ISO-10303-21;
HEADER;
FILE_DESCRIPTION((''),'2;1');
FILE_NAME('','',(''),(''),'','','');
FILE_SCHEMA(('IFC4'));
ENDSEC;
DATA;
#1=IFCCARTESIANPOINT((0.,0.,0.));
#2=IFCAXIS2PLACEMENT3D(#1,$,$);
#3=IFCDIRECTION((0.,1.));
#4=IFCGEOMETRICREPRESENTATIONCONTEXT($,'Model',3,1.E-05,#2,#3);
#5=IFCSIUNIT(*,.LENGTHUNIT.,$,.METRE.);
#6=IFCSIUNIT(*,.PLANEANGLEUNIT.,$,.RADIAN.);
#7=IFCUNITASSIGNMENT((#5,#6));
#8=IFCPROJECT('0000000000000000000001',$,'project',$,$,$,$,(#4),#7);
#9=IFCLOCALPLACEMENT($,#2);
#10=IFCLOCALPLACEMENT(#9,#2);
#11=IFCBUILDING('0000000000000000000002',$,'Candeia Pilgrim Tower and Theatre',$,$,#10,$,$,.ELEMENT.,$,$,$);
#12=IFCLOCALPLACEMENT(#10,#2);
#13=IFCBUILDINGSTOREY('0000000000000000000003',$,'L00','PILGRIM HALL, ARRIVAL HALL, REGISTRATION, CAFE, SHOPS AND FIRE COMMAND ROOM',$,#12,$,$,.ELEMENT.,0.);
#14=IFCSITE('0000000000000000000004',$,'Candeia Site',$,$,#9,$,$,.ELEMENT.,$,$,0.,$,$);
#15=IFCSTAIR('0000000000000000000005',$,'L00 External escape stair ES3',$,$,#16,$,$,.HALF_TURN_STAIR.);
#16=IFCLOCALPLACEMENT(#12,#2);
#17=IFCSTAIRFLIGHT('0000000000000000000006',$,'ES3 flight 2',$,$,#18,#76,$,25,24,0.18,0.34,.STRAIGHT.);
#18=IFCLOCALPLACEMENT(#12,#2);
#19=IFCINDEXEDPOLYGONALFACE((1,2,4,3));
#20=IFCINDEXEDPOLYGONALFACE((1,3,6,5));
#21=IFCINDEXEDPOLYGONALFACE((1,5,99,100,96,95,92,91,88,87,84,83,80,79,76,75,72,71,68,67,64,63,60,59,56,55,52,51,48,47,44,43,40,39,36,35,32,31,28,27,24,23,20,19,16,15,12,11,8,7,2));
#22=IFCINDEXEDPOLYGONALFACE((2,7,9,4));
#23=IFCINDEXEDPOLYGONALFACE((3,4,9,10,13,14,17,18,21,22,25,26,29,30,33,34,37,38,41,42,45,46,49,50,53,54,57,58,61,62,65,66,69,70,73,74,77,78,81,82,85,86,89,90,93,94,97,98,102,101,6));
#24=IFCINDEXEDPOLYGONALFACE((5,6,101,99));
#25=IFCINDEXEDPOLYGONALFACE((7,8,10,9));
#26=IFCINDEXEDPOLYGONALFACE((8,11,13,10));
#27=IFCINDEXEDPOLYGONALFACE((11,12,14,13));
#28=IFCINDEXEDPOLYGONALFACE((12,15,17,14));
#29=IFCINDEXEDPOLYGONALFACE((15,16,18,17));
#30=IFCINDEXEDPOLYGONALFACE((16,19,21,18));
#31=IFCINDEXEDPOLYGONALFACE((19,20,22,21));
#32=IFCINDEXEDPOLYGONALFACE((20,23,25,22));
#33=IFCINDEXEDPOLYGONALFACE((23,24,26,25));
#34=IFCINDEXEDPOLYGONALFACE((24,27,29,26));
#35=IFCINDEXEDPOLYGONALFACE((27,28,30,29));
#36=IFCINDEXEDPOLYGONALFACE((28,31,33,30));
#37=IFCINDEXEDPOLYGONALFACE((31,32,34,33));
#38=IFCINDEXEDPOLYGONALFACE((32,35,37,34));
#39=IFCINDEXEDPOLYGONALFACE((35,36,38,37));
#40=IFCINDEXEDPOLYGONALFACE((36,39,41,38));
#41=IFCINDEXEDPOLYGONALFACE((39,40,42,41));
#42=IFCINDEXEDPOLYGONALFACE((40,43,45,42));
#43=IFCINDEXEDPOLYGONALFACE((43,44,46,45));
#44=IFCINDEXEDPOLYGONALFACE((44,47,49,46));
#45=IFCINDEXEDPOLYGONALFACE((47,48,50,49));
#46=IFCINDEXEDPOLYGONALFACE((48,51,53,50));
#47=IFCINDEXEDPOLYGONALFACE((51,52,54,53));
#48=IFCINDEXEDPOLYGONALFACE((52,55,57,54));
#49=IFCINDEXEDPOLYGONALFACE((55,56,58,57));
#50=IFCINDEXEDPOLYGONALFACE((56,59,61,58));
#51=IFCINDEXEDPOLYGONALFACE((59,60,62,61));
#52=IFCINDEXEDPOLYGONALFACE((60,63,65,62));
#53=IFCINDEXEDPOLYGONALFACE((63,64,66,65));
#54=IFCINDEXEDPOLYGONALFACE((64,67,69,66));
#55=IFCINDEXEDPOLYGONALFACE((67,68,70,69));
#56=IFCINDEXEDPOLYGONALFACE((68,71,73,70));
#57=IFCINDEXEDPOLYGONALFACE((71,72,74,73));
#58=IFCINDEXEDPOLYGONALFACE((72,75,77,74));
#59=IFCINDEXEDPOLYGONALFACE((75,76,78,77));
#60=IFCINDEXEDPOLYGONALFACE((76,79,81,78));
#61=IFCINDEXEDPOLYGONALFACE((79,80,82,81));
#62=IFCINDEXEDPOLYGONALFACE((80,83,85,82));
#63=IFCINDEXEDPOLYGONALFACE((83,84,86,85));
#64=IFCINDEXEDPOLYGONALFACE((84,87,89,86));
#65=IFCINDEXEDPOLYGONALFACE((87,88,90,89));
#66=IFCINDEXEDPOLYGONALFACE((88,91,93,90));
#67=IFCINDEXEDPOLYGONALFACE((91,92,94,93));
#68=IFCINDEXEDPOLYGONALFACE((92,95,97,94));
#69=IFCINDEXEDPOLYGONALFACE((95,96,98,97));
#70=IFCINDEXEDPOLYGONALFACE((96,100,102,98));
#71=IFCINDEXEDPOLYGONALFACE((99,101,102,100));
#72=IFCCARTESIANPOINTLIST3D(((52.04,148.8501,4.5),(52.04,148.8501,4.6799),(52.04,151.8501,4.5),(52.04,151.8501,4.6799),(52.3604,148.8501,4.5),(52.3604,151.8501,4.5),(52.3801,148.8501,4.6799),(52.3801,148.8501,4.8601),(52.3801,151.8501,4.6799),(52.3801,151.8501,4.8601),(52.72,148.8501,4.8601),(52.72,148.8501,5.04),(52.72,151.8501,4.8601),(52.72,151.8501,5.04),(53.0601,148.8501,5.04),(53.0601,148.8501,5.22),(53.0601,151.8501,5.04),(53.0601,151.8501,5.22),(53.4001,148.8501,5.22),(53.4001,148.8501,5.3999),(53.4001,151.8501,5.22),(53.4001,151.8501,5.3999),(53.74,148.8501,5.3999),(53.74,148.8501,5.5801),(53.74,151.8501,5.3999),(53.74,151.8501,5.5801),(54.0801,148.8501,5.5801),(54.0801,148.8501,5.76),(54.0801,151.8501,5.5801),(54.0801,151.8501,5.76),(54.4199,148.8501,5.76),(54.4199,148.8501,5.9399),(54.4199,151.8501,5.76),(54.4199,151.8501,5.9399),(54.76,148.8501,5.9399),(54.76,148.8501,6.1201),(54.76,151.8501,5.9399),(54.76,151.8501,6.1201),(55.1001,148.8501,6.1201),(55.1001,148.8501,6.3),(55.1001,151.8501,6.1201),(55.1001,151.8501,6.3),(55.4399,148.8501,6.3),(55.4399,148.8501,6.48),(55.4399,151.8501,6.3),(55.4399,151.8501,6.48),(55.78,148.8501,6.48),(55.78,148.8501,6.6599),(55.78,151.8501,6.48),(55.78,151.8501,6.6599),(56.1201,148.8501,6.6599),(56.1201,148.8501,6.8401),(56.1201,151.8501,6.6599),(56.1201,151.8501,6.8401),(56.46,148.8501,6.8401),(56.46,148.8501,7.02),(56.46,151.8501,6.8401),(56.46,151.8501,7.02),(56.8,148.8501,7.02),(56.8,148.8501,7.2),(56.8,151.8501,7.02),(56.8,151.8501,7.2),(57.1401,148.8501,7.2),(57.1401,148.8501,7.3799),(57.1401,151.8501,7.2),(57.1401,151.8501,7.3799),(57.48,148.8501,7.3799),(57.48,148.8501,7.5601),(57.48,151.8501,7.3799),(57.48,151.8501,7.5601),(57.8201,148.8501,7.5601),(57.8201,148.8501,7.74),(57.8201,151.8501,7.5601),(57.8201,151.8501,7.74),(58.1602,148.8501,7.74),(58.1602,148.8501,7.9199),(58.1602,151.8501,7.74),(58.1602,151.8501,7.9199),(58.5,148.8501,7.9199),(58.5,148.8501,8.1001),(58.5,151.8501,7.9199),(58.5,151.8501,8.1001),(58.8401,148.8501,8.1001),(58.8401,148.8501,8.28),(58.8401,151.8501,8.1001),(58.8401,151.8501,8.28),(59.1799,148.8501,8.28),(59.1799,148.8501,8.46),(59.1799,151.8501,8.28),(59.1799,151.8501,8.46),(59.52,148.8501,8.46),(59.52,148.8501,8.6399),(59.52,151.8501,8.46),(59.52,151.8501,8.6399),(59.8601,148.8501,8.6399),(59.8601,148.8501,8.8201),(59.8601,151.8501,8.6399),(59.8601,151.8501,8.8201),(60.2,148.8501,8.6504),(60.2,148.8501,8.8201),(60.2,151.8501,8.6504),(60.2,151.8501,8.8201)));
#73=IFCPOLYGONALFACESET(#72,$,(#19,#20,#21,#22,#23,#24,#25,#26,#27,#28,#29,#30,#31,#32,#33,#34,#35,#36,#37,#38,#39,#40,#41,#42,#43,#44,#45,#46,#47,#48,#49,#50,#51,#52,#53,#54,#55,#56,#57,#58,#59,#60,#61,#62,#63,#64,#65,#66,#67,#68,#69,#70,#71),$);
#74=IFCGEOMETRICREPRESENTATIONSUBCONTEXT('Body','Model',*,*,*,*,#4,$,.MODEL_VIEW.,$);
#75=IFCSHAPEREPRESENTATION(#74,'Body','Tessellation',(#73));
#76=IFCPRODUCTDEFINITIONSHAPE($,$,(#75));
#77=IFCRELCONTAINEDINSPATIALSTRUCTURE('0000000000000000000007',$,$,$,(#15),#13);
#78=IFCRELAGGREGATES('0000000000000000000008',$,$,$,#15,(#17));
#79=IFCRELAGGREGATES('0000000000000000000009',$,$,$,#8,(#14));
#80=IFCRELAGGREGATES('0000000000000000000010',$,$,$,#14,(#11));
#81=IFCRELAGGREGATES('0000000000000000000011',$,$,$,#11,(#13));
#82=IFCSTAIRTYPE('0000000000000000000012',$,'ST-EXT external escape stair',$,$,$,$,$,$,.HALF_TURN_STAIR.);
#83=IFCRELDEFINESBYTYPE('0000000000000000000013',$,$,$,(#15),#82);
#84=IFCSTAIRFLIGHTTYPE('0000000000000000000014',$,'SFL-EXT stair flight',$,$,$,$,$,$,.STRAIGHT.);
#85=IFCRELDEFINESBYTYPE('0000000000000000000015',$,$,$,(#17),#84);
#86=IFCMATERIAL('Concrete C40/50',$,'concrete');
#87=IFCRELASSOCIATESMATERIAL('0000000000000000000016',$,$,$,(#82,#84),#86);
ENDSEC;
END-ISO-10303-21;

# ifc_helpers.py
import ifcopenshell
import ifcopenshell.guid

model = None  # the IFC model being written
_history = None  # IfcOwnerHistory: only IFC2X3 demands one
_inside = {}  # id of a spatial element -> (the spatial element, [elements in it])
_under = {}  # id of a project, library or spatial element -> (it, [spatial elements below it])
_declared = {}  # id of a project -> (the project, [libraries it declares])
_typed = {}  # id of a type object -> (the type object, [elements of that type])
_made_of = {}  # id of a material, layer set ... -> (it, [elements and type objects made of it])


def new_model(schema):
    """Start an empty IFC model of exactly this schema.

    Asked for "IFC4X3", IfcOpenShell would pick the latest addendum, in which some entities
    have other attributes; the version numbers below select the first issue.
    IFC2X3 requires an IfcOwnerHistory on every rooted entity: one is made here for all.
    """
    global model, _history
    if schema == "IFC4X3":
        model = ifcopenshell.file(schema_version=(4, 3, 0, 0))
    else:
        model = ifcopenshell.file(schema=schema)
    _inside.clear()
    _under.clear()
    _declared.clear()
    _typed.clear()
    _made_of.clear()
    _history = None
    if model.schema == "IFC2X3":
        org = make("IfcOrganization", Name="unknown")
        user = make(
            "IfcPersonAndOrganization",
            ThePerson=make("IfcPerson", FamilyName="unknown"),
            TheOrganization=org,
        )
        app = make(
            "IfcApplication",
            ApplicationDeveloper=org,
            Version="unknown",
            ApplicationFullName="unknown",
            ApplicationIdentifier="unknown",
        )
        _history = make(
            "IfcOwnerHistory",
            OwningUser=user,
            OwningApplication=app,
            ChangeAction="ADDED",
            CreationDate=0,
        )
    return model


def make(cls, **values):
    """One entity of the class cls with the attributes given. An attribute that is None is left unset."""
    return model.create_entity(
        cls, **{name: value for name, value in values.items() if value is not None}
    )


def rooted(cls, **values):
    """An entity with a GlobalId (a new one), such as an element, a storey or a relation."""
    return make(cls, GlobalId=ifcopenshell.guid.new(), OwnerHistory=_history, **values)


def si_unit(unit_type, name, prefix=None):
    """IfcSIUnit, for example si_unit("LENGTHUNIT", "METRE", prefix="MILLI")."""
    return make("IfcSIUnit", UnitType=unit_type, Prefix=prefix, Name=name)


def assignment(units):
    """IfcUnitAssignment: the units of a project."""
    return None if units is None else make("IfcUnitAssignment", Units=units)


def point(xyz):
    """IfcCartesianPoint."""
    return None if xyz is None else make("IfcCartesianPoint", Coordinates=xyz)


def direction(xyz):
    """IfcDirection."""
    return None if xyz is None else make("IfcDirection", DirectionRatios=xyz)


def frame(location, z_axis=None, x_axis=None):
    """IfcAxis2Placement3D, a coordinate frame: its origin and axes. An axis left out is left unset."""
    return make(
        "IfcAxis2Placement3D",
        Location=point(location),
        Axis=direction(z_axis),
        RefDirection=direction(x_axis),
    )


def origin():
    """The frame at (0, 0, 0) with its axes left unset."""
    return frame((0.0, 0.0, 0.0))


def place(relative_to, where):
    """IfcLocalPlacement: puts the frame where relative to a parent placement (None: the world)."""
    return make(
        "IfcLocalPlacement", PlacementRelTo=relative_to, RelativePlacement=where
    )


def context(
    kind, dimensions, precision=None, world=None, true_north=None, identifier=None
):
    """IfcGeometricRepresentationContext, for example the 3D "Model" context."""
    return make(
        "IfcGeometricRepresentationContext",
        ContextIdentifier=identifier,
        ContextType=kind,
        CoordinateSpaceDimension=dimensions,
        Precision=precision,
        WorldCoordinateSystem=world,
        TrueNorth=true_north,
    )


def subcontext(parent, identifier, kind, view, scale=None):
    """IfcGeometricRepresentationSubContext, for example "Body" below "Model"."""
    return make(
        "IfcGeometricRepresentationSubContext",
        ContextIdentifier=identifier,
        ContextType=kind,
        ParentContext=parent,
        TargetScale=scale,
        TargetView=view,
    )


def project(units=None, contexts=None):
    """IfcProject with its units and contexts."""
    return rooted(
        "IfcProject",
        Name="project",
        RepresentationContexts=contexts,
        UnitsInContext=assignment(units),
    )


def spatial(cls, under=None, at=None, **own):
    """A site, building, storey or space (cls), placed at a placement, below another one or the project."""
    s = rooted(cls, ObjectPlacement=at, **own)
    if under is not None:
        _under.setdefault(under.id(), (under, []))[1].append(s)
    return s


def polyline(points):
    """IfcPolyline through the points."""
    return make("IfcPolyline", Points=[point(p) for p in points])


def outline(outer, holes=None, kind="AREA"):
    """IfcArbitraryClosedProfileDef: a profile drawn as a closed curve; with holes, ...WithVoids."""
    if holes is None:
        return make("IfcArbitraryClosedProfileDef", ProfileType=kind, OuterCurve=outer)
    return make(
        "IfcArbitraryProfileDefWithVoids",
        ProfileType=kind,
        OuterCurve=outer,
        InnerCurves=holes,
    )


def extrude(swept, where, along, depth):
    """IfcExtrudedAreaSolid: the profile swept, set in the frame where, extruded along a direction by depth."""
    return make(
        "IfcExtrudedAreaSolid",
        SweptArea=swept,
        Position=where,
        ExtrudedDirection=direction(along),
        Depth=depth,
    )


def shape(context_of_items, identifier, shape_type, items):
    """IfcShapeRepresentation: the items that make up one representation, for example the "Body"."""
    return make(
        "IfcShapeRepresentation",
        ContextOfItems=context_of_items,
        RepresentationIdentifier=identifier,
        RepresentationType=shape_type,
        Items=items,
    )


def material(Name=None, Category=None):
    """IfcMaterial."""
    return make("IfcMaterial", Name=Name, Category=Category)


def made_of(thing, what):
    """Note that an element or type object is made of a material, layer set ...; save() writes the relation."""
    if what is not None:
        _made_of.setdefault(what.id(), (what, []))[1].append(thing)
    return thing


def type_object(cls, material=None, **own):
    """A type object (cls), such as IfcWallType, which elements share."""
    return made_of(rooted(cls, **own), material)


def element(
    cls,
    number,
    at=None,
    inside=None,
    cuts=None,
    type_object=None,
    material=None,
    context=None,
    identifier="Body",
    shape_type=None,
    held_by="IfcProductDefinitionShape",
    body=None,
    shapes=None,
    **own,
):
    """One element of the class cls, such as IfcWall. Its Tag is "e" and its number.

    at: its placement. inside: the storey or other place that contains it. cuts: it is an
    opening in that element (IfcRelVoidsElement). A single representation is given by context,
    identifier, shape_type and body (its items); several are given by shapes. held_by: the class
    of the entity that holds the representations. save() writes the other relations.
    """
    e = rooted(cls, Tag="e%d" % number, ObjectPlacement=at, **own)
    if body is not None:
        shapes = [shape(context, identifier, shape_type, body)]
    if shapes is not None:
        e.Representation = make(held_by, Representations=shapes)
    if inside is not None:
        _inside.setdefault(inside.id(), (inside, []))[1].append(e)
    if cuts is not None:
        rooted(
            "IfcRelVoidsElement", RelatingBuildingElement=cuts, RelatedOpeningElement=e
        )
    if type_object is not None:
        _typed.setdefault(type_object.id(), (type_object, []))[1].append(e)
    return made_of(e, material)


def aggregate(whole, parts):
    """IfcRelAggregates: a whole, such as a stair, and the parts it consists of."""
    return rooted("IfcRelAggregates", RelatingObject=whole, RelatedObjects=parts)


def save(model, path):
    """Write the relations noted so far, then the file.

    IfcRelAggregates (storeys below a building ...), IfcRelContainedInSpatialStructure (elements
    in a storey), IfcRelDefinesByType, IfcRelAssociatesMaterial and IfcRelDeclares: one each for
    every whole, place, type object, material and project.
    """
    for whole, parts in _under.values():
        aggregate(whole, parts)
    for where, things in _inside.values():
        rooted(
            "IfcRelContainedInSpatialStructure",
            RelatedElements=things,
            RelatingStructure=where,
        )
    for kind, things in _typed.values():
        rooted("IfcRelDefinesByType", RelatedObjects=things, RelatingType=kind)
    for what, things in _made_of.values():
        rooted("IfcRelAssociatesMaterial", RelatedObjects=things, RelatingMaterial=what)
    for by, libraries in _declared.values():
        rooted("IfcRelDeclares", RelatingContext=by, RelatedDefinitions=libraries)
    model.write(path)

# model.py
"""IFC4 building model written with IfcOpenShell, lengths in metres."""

from ifc_helpers import new_model, si_unit, direction, frame, origin, place, context, subcontext, project, spatial, polyline, outline, extrude, material, type_object, element, aggregate, save


model = new_model("IFC4")

# Units and contexts
model_context = context("Model", 3, precision=1e-05, world=origin(), true_north=direction((0.0, 1.0)))
body_context = subcontext(model_context, "Body", "Model", "MODEL_VIEW")
ifc_project = project(units=[si_unit("LENGTHUNIT", "METRE"), si_unit("PLANEANGLEUNIT", "RADIAN")], contexts=[model_context])

# Site, building, storey
site_placement = place(None, origin())
site = spatial("IfcSite", under=ifc_project, at=site_placement, Name="Candeia Site", CompositionType="ELEMENT", RefElevation=0.0)
building_placement = place(site_placement, origin())
building = spatial("IfcBuilding", under=site, at=building_placement, Name="Candeia Pilgrim Tower and Theatre", CompositionType="ELEMENT")
storey_placement = place(building_placement, origin())
storey = spatial("IfcBuildingStorey", under=building, at=storey_placement, Name="L00", Description="PILGRIM HALL, ARRIVAL HALL, REGISTRATION, CAFE, SHOPS AND FIRE COMMAND ROOM", CompositionType="ELEMENT", Elevation=0.0)

# Shared definitions
ifc_material_1 = material(Name="Concrete C40/50", Category="concrete")

# Stair, stair flight
stair_type = type_object("IfcStairType", Name="ST-EXT external escape stair", PredefinedType="HALF_TURN_STAIR", material=ifc_material_1)
stair_placement = place(storey_placement, origin())
stair = element("IfcStair", 1, at=stair_placement, inside=storey, type_object=stair_type, Name="L00 External escape stair ES3", PredefinedType="HALF_TURN_STAIR")
stair_flight_type = type_object("IfcStairFlightType", Name="SFL-EXT stair flight", PredefinedType="STRAIGHT", material=ifc_material_1)
stair_flight_1_placement = place(storey_placement, frame((52.04, 150.3501, 4.5), z_axis=(0.0, 0.0, 1.0), x_axis=(1.0, 0.0, 0.0)))
stair_flight_1 = element("IfcStairFlight", 2, at=stair_flight_1_placement, type_object=stair_flight_type, Name="ES3 flight 2", NumberOfRisers=25, NumberOfTreads=24, PredefinedType="STRAIGHT", RiserHeight=0.18, TreadLength=0.34, context=body_context, shape_type="SweptSolid", body=[
    extrude(outline(polyline([(0.0, 0.0), (0.0, 0.1799), (0.3401, 0.1799), (0.3401, 0.3601), (0.6799, 0.3601), (0.6799, 0.54), (1.02, 0.54), (1.02, 0.72), (1.3601, 0.72), (1.3601, 0.8999), (1.7, 0.8999), (1.7, 1.0801), (2.04, 1.0801), (2.04, 1.26), (2.3799, 1.26), (2.3799, 1.4399), (2.72, 1.4399), (2.72, 1.6201), (3.0601, 1.6201), (3.0601, 1.8), (3.3999, 1.8), (3.3999, 1.98), (3.74, 1.98), (3.74, 2.1599), (4.0801, 2.1599), (4.0801, 2.3401), (4.4199, 2.3401), (4.4199, 2.52), (4.76, 2.52), (4.76, 2.7), (5.1001, 2.7), (5.1001, 2.8799), (5.4399, 2.8799), (5.4399, 3.0601), (5.78, 3.0601), (5.78, 3.24), (6.1201, 3.24), (6.1201, 3.4199), (6.46, 3.4199), (6.46, 3.6001), (6.8, 3.6001), (6.8, 3.78), (7.1399, 3.78), (7.1399, 3.96), (7.48, 3.96), (7.48, 4.1399), (7.8201, 4.1399), (7.8201, 4.3201), (8.1599, 4.3201), (8.1599, 4.5), (8.1599, 4.1504), (0.3203, 0.0), (0.0, 0.0)])), frame((0.0, 1.5, 0.0), z_axis=(0.0, -1.0, 0.0), x_axis=(1.0, 0.0, 0.0)), (0.0, 0.0, 1.0), 3.0),
])
aggregate(stair, [stair_flight_1])

save(model, "model.ifc")
